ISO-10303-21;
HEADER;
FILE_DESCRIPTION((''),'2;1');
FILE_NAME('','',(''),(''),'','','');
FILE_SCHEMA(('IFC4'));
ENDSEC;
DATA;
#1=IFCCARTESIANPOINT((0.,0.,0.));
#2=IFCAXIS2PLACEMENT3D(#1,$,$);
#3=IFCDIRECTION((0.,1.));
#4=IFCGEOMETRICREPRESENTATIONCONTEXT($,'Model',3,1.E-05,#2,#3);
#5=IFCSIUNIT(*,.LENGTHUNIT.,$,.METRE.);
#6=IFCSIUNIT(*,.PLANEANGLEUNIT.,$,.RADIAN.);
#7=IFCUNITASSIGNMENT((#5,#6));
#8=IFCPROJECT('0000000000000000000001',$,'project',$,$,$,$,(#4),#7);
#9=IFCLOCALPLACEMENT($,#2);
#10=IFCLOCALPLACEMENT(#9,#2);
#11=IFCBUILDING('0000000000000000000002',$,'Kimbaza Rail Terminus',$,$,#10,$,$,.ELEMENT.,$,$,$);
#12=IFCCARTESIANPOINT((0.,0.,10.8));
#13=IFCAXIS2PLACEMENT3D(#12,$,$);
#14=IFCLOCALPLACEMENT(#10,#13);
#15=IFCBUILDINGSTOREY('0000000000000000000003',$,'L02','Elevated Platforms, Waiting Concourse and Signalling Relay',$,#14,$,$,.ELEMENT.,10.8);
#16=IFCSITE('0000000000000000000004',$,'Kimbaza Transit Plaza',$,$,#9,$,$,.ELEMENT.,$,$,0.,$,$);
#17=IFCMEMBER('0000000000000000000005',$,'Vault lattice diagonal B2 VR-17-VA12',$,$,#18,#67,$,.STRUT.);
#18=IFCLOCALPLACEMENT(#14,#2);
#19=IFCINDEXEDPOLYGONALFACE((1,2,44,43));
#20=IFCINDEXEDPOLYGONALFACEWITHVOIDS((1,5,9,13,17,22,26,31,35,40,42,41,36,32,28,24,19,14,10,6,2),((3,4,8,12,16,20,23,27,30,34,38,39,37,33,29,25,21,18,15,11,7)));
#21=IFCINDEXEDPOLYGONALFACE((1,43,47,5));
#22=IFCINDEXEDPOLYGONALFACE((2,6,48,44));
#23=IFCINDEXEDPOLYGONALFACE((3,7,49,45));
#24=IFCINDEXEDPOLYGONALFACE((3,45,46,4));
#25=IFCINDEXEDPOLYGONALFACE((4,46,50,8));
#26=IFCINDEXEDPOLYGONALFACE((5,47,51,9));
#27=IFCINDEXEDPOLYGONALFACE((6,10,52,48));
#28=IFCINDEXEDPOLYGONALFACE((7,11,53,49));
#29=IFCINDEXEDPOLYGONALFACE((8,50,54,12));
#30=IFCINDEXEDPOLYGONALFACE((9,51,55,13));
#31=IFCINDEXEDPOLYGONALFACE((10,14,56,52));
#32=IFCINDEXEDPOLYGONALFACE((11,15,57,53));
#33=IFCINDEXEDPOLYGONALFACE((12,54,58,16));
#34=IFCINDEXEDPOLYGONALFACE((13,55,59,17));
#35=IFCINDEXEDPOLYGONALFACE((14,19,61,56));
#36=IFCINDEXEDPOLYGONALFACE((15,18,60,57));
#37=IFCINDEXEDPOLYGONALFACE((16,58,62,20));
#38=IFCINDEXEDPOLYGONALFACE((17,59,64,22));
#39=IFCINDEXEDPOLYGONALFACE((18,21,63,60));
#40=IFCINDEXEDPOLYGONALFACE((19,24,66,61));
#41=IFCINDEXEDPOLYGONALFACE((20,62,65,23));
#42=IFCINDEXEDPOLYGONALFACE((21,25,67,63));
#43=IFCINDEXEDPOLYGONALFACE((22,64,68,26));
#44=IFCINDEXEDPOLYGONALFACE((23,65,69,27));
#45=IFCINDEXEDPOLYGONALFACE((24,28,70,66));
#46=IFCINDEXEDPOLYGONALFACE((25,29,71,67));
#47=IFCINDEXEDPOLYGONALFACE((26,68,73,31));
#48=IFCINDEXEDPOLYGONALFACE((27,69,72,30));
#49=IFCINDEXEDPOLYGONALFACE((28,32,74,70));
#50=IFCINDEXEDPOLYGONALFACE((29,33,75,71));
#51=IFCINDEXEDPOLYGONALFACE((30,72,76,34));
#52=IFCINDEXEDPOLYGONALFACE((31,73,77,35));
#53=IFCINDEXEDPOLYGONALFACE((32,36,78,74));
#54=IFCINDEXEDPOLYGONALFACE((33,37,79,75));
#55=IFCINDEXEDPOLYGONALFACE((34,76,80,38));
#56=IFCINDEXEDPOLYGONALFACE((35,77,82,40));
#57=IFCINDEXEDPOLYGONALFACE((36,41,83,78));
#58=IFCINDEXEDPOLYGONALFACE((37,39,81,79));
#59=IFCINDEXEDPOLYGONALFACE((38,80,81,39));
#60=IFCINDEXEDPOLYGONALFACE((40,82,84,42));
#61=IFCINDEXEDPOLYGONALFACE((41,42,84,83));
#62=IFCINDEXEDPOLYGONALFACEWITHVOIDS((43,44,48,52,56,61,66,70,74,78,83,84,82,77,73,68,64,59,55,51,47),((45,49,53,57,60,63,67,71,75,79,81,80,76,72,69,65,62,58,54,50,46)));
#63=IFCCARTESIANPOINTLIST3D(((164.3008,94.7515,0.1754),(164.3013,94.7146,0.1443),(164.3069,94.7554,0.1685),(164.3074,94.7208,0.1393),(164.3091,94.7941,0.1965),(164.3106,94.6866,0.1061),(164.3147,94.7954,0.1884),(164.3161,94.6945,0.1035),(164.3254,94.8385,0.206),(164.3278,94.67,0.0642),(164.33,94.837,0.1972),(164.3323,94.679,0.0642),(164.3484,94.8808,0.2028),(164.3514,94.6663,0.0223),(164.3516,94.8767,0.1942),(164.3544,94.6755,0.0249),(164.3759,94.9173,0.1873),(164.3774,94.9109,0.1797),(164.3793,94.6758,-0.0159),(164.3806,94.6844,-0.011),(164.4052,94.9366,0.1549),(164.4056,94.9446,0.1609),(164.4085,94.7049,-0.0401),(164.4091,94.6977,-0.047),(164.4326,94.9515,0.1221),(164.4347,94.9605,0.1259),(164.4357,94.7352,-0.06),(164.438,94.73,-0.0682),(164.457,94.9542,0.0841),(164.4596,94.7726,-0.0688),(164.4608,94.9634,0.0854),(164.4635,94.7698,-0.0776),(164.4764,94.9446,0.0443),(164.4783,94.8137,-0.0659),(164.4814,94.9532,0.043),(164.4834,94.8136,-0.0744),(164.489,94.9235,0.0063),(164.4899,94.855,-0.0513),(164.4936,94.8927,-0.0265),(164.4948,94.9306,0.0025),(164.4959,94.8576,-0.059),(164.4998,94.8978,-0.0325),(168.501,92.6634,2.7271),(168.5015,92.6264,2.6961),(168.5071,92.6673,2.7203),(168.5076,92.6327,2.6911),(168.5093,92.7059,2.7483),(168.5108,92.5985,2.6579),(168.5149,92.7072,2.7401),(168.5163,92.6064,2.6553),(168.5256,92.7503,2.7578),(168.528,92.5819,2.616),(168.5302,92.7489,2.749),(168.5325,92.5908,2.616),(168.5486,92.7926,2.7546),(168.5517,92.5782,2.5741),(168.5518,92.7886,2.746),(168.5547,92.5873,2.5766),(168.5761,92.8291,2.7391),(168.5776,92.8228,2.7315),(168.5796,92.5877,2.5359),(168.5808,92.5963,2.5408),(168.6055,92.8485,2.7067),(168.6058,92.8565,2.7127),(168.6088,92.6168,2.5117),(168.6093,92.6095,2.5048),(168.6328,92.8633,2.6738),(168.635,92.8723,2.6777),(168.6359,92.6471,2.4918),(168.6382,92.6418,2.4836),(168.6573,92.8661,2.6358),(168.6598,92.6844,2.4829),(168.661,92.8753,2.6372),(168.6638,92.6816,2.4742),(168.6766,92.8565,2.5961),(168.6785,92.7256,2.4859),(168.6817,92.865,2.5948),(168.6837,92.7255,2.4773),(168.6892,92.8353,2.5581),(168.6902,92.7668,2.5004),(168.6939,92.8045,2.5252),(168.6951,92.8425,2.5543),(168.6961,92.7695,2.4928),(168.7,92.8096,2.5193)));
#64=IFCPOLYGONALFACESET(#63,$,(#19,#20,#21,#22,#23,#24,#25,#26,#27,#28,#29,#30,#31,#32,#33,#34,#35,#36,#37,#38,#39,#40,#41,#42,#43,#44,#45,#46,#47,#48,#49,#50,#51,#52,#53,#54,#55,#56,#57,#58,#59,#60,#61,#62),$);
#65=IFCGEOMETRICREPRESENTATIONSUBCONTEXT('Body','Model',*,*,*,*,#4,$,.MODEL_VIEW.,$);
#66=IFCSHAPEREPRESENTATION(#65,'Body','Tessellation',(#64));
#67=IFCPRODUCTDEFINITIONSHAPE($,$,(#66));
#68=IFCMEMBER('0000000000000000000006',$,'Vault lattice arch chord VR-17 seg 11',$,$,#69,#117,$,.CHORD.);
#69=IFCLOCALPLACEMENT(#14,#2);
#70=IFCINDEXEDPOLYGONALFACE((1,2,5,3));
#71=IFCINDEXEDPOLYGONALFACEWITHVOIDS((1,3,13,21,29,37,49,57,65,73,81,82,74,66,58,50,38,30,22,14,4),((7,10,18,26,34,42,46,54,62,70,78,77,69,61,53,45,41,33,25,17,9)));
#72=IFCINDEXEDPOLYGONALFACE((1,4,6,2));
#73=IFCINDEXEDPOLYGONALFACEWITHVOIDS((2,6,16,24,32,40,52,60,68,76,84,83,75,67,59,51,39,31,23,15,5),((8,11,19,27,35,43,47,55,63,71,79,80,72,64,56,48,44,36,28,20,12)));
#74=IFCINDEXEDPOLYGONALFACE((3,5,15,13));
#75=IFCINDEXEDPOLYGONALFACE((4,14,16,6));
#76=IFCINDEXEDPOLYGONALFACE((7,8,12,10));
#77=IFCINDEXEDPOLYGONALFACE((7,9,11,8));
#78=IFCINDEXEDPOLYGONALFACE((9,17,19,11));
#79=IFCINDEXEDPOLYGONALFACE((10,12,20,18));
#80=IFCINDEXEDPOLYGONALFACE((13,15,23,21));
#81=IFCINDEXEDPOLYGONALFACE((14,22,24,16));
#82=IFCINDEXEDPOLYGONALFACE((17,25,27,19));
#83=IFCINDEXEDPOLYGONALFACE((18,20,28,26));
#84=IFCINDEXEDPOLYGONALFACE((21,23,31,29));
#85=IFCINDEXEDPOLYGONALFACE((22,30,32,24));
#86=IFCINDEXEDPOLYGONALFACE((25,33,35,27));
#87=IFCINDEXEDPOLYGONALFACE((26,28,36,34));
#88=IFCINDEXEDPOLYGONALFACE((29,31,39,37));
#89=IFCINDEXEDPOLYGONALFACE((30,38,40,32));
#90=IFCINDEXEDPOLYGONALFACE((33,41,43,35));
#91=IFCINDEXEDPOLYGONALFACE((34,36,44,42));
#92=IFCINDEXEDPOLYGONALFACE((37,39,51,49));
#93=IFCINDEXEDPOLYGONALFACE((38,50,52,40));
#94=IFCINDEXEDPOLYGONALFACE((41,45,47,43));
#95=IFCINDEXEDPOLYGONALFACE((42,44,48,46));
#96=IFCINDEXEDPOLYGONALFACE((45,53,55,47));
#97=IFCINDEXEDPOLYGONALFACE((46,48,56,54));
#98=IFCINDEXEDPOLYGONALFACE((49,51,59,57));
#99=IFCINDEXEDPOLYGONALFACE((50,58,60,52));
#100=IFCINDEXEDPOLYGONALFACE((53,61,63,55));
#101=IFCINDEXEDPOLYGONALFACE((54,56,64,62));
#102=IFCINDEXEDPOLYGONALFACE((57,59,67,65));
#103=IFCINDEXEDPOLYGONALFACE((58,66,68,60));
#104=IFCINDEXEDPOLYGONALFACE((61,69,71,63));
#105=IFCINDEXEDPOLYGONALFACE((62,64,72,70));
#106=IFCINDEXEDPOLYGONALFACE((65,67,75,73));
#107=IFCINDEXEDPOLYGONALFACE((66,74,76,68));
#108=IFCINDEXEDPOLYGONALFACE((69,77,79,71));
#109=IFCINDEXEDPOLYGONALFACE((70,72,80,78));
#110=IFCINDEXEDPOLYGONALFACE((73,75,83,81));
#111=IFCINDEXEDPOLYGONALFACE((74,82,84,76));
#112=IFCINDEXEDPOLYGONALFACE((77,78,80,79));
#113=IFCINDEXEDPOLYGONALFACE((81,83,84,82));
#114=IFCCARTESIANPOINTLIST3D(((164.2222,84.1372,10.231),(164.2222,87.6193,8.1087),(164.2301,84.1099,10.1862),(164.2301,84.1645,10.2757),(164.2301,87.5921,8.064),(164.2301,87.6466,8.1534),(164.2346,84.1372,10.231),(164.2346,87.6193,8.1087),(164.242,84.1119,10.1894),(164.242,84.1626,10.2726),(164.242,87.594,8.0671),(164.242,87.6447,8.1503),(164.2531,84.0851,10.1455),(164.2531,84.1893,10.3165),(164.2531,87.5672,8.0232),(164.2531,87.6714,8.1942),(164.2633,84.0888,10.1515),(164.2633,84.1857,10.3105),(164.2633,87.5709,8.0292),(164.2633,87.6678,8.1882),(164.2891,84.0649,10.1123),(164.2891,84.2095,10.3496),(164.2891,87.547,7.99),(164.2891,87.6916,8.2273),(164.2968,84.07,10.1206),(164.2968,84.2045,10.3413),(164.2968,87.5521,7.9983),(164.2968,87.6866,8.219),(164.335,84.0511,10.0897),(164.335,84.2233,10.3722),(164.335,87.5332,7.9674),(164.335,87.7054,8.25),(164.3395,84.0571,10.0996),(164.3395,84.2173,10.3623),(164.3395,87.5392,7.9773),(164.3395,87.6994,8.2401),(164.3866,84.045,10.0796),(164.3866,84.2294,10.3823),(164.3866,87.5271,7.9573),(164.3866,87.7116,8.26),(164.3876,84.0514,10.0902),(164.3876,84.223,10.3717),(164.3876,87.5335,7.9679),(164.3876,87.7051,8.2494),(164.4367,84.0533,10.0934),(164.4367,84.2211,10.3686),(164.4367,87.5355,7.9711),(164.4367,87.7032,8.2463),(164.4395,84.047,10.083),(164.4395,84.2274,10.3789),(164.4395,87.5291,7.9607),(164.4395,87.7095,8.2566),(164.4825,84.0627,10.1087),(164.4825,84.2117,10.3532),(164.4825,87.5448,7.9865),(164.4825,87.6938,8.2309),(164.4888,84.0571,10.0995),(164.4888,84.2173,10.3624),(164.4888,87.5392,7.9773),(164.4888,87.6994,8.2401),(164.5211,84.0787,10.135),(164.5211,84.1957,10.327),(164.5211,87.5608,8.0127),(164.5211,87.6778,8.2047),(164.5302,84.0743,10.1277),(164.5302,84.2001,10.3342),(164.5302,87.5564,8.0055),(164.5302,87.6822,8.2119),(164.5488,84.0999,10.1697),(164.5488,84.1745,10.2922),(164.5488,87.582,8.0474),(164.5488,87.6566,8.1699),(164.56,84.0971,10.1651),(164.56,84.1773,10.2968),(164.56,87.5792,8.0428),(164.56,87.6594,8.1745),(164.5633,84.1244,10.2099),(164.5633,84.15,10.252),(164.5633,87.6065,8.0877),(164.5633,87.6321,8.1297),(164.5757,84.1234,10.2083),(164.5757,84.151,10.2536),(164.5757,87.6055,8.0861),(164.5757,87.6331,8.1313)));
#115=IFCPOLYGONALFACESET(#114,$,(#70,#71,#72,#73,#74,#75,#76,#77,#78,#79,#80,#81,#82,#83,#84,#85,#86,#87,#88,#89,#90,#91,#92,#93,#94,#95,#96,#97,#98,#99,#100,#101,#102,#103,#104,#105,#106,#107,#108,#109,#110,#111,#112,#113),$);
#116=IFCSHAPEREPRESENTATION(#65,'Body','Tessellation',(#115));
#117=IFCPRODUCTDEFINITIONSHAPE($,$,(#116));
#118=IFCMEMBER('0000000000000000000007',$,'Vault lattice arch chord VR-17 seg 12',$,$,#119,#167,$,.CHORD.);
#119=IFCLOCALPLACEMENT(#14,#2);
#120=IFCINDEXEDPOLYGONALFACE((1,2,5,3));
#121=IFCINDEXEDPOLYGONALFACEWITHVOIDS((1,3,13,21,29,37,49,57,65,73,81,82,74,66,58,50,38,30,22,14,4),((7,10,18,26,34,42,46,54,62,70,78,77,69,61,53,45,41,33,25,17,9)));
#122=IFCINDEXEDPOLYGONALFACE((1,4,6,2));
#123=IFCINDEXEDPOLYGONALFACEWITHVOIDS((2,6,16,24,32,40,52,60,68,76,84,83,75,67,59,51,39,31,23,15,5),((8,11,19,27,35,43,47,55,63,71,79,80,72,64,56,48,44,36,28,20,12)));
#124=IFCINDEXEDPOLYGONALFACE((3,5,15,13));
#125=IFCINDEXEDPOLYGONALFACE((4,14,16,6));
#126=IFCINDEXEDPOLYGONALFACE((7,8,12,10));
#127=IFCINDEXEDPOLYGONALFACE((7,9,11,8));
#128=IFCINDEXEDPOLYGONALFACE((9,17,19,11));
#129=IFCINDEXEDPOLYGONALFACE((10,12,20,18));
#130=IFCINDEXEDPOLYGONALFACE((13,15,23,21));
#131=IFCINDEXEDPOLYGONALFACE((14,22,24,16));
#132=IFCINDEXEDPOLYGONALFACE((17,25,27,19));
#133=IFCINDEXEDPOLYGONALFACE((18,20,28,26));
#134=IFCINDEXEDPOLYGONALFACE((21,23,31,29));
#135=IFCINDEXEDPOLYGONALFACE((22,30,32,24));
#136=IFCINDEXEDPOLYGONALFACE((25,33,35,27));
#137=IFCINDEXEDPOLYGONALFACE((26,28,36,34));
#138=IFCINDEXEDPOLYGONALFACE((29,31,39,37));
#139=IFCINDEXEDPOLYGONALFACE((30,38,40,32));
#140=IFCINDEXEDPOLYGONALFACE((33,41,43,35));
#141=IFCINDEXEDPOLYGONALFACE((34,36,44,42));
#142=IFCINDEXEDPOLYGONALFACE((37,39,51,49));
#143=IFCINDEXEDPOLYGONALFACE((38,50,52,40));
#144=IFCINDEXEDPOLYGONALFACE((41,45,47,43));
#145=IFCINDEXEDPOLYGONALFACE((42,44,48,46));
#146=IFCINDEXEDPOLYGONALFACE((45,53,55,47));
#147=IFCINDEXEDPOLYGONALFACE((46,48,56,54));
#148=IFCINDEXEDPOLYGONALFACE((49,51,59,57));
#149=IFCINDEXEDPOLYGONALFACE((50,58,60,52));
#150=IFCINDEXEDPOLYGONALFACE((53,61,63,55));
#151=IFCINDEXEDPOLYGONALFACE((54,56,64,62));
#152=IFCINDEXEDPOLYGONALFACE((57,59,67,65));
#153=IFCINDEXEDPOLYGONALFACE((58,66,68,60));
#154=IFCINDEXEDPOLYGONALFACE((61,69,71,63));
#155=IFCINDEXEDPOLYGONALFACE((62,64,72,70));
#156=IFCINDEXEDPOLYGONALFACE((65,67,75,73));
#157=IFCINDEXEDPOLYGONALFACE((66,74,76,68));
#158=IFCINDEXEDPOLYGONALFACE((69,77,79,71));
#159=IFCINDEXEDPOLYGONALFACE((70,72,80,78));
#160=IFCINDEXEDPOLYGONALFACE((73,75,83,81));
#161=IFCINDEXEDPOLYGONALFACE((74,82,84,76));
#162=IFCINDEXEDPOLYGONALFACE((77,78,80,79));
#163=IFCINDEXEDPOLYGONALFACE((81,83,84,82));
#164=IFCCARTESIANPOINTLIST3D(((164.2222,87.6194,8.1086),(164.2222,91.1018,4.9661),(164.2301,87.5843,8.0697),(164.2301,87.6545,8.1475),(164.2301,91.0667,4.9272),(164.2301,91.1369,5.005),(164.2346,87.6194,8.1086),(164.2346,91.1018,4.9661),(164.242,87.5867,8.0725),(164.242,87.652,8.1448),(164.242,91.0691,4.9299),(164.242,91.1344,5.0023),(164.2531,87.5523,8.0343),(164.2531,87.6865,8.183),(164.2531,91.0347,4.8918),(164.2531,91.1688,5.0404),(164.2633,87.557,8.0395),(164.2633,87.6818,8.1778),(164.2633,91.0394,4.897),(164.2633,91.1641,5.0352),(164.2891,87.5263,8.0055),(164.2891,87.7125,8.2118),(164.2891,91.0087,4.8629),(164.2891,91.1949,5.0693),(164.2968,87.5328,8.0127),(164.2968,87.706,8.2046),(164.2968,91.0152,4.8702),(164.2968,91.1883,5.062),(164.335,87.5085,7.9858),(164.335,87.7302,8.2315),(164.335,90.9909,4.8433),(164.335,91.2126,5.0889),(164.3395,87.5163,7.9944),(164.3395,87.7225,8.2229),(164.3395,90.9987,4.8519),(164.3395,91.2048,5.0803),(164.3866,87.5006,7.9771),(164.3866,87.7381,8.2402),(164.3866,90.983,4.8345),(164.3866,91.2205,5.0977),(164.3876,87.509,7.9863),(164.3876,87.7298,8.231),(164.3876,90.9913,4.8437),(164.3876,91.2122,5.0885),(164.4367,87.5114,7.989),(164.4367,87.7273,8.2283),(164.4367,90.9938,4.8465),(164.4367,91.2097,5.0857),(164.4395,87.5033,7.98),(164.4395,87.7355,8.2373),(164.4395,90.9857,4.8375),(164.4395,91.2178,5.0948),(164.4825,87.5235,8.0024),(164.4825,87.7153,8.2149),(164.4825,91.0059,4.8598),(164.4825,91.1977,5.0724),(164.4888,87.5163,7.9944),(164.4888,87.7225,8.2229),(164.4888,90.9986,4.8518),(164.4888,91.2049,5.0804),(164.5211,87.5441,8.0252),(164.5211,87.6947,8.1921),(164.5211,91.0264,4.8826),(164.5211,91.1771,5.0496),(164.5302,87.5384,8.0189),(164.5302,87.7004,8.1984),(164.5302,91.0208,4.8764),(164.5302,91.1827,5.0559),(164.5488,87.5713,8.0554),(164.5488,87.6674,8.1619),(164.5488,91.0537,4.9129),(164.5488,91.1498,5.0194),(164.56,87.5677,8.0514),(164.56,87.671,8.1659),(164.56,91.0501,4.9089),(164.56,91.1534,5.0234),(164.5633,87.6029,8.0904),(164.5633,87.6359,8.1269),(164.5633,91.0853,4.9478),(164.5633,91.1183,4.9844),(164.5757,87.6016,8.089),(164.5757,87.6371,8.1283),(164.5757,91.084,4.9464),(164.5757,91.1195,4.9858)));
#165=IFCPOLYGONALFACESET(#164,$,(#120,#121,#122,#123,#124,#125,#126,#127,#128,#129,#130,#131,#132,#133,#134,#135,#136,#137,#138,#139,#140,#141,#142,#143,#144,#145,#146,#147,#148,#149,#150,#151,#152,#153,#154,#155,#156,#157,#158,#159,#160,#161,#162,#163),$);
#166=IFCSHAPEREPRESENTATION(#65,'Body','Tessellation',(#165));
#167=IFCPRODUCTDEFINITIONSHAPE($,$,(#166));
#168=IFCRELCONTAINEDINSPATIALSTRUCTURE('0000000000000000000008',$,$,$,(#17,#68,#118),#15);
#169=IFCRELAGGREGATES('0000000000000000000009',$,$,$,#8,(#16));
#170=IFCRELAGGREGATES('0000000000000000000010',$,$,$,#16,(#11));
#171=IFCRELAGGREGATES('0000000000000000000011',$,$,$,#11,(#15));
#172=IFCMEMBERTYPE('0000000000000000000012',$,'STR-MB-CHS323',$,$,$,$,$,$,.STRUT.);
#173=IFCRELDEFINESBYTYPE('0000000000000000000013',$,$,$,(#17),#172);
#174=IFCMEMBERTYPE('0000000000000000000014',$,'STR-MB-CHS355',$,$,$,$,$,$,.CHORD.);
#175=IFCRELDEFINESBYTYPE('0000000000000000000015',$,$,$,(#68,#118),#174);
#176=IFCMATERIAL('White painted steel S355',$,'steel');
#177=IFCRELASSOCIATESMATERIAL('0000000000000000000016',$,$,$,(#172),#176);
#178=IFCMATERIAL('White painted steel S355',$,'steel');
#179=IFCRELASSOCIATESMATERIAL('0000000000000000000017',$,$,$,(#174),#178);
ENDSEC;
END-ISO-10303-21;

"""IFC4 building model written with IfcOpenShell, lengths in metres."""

from ifc_helpers import new_model, si_unit, direction, frame, origin, origin_2d, place, context, subcontext, project, spatial, hollow_circle, extrude, material, material_profile, profile_set, type_object, element, save


model = new_model("IFC4")

# Units and contexts
model_context = context("Model", 3, precision=1e-05, world=origin(), true_north=direction((0.0, 1.0)))
body_context = subcontext(model_context, "Body", "Model", "MODEL_VIEW")
ifc_project = project(units=[si_unit("LENGTHUNIT", "METRE"), si_unit("PLANEANGLEUNIT", "RADIAN")], contexts=[model_context])

# Site, building, storey
site_placement = place(None, origin())
site = spatial("IfcSite", under=ifc_project, at=site_placement, Name="Kimbaza Transit Plaza", CompositionType="ELEMENT", RefElevation=0.0)
building_placement = place(site_placement, origin())
building = spatial("IfcBuilding", under=site, at=building_placement, Name="Kimbaza Rail Terminus", CompositionType="ELEMENT")
storey_placement = place(building_placement, frame((0.0, 0.0, 10.8)))
storey = spatial("IfcBuildingStorey", under=building, at=storey_placement, Name="L02", Description="Elevated Platforms, Waiting Concourse and Signalling Relay", CompositionType="ELEMENT", Elevation=10.8)

# Members
ifc_material_1 = material(Name="White painted steel S355", Category="steel")
ifc_material_profile_1 = material_profile(ifc_material_1, hollow_circle(Radius=0.1619, WallThickness=0.01, at=origin_2d()), Name="CHS 323.9x10")
ifc_profile_set_1 = profile_set([ifc_material_profile_1], Name="White painted steel S355")
member_type_1 = type_object("IfcMemberType", Name="STR-MB-CHS323", PredefinedType="STRUT", material=ifc_profile_set_1)
member_1_placement = place(storey_placement, frame((168.6001, 92.7268, 2.616), z_axis=(-0.786584, 0.391051, -0.477876), x_axis=(-0.445172, -0.895445, 0.0)))
element("IfcMember", 1, at=member_1_placement, inside=storey, type_object=member_type_1, Name="Vault lattice diagonal B2 VR-17-VA12", PredefinedType="STRUT", context=body_context, shape_type="SweptSolid", body=[
    extrude(hollow_circle(Radius=0.1619, WallThickness=0.01, at=origin_2d()), origin(), (0.0, 0.0, 1.0), 5.3398),
])
ifc_material_2 = material(Name="White painted steel S355", Category="steel")
ifc_material_profile_2 = material_profile(ifc_material_2, hollow_circle(Radius=0.1777, WallThickness=0.0125, at=origin_2d()), Name="CHS 355.6x12.5")
ifc_profile_set_2 = profile_set([ifc_material_profile_2], Name="White painted steel S355")
member_type_2 = type_object("IfcMemberType", Name="STR-MB-CHS355", PredefinedType="CHORD", material=ifc_profile_set_2)
member_2_placement = place(storey_placement, frame((164.3999, 84.1372, 10.231), z_axis=(0.0, 0.853901, -0.520435), x_axis=(-1.0, 0.0, 0.0)))
element("IfcMember", 2, at=member_2_placement, inside=storey, type_object=member_type_2, Name="Vault lattice arch chord VR-17 seg 11", PredefinedType="CHORD", context=body_context, shape_type="SweptSolid", body=[
    extrude(hollow_circle(Radius=0.1777, WallThickness=0.0125, at=origin_2d()), origin(), (0.0, 0.0, 1.0), 4.0779),
])
member_3_placement = place(storey_placement, frame((164.3999, 87.6194, 8.1086), z_axis=(0.0, 0.742403, -0.669953), x_axis=(-1.0, 0.0, 0.0)))
element("IfcMember", 3, at=member_3_placement, inside=storey, type_object=member_type_2, Name="Vault lattice arch chord VR-17 seg 12", PredefinedType="CHORD", context=body_context, shape_type="SweptSolid", body=[
    extrude(hollow_circle(Radius=0.1777, WallThickness=0.0125, at=origin_2d()), origin(), (0.0, 0.0, 1.0), 4.6907),
])

save(model, "model.ifc")
